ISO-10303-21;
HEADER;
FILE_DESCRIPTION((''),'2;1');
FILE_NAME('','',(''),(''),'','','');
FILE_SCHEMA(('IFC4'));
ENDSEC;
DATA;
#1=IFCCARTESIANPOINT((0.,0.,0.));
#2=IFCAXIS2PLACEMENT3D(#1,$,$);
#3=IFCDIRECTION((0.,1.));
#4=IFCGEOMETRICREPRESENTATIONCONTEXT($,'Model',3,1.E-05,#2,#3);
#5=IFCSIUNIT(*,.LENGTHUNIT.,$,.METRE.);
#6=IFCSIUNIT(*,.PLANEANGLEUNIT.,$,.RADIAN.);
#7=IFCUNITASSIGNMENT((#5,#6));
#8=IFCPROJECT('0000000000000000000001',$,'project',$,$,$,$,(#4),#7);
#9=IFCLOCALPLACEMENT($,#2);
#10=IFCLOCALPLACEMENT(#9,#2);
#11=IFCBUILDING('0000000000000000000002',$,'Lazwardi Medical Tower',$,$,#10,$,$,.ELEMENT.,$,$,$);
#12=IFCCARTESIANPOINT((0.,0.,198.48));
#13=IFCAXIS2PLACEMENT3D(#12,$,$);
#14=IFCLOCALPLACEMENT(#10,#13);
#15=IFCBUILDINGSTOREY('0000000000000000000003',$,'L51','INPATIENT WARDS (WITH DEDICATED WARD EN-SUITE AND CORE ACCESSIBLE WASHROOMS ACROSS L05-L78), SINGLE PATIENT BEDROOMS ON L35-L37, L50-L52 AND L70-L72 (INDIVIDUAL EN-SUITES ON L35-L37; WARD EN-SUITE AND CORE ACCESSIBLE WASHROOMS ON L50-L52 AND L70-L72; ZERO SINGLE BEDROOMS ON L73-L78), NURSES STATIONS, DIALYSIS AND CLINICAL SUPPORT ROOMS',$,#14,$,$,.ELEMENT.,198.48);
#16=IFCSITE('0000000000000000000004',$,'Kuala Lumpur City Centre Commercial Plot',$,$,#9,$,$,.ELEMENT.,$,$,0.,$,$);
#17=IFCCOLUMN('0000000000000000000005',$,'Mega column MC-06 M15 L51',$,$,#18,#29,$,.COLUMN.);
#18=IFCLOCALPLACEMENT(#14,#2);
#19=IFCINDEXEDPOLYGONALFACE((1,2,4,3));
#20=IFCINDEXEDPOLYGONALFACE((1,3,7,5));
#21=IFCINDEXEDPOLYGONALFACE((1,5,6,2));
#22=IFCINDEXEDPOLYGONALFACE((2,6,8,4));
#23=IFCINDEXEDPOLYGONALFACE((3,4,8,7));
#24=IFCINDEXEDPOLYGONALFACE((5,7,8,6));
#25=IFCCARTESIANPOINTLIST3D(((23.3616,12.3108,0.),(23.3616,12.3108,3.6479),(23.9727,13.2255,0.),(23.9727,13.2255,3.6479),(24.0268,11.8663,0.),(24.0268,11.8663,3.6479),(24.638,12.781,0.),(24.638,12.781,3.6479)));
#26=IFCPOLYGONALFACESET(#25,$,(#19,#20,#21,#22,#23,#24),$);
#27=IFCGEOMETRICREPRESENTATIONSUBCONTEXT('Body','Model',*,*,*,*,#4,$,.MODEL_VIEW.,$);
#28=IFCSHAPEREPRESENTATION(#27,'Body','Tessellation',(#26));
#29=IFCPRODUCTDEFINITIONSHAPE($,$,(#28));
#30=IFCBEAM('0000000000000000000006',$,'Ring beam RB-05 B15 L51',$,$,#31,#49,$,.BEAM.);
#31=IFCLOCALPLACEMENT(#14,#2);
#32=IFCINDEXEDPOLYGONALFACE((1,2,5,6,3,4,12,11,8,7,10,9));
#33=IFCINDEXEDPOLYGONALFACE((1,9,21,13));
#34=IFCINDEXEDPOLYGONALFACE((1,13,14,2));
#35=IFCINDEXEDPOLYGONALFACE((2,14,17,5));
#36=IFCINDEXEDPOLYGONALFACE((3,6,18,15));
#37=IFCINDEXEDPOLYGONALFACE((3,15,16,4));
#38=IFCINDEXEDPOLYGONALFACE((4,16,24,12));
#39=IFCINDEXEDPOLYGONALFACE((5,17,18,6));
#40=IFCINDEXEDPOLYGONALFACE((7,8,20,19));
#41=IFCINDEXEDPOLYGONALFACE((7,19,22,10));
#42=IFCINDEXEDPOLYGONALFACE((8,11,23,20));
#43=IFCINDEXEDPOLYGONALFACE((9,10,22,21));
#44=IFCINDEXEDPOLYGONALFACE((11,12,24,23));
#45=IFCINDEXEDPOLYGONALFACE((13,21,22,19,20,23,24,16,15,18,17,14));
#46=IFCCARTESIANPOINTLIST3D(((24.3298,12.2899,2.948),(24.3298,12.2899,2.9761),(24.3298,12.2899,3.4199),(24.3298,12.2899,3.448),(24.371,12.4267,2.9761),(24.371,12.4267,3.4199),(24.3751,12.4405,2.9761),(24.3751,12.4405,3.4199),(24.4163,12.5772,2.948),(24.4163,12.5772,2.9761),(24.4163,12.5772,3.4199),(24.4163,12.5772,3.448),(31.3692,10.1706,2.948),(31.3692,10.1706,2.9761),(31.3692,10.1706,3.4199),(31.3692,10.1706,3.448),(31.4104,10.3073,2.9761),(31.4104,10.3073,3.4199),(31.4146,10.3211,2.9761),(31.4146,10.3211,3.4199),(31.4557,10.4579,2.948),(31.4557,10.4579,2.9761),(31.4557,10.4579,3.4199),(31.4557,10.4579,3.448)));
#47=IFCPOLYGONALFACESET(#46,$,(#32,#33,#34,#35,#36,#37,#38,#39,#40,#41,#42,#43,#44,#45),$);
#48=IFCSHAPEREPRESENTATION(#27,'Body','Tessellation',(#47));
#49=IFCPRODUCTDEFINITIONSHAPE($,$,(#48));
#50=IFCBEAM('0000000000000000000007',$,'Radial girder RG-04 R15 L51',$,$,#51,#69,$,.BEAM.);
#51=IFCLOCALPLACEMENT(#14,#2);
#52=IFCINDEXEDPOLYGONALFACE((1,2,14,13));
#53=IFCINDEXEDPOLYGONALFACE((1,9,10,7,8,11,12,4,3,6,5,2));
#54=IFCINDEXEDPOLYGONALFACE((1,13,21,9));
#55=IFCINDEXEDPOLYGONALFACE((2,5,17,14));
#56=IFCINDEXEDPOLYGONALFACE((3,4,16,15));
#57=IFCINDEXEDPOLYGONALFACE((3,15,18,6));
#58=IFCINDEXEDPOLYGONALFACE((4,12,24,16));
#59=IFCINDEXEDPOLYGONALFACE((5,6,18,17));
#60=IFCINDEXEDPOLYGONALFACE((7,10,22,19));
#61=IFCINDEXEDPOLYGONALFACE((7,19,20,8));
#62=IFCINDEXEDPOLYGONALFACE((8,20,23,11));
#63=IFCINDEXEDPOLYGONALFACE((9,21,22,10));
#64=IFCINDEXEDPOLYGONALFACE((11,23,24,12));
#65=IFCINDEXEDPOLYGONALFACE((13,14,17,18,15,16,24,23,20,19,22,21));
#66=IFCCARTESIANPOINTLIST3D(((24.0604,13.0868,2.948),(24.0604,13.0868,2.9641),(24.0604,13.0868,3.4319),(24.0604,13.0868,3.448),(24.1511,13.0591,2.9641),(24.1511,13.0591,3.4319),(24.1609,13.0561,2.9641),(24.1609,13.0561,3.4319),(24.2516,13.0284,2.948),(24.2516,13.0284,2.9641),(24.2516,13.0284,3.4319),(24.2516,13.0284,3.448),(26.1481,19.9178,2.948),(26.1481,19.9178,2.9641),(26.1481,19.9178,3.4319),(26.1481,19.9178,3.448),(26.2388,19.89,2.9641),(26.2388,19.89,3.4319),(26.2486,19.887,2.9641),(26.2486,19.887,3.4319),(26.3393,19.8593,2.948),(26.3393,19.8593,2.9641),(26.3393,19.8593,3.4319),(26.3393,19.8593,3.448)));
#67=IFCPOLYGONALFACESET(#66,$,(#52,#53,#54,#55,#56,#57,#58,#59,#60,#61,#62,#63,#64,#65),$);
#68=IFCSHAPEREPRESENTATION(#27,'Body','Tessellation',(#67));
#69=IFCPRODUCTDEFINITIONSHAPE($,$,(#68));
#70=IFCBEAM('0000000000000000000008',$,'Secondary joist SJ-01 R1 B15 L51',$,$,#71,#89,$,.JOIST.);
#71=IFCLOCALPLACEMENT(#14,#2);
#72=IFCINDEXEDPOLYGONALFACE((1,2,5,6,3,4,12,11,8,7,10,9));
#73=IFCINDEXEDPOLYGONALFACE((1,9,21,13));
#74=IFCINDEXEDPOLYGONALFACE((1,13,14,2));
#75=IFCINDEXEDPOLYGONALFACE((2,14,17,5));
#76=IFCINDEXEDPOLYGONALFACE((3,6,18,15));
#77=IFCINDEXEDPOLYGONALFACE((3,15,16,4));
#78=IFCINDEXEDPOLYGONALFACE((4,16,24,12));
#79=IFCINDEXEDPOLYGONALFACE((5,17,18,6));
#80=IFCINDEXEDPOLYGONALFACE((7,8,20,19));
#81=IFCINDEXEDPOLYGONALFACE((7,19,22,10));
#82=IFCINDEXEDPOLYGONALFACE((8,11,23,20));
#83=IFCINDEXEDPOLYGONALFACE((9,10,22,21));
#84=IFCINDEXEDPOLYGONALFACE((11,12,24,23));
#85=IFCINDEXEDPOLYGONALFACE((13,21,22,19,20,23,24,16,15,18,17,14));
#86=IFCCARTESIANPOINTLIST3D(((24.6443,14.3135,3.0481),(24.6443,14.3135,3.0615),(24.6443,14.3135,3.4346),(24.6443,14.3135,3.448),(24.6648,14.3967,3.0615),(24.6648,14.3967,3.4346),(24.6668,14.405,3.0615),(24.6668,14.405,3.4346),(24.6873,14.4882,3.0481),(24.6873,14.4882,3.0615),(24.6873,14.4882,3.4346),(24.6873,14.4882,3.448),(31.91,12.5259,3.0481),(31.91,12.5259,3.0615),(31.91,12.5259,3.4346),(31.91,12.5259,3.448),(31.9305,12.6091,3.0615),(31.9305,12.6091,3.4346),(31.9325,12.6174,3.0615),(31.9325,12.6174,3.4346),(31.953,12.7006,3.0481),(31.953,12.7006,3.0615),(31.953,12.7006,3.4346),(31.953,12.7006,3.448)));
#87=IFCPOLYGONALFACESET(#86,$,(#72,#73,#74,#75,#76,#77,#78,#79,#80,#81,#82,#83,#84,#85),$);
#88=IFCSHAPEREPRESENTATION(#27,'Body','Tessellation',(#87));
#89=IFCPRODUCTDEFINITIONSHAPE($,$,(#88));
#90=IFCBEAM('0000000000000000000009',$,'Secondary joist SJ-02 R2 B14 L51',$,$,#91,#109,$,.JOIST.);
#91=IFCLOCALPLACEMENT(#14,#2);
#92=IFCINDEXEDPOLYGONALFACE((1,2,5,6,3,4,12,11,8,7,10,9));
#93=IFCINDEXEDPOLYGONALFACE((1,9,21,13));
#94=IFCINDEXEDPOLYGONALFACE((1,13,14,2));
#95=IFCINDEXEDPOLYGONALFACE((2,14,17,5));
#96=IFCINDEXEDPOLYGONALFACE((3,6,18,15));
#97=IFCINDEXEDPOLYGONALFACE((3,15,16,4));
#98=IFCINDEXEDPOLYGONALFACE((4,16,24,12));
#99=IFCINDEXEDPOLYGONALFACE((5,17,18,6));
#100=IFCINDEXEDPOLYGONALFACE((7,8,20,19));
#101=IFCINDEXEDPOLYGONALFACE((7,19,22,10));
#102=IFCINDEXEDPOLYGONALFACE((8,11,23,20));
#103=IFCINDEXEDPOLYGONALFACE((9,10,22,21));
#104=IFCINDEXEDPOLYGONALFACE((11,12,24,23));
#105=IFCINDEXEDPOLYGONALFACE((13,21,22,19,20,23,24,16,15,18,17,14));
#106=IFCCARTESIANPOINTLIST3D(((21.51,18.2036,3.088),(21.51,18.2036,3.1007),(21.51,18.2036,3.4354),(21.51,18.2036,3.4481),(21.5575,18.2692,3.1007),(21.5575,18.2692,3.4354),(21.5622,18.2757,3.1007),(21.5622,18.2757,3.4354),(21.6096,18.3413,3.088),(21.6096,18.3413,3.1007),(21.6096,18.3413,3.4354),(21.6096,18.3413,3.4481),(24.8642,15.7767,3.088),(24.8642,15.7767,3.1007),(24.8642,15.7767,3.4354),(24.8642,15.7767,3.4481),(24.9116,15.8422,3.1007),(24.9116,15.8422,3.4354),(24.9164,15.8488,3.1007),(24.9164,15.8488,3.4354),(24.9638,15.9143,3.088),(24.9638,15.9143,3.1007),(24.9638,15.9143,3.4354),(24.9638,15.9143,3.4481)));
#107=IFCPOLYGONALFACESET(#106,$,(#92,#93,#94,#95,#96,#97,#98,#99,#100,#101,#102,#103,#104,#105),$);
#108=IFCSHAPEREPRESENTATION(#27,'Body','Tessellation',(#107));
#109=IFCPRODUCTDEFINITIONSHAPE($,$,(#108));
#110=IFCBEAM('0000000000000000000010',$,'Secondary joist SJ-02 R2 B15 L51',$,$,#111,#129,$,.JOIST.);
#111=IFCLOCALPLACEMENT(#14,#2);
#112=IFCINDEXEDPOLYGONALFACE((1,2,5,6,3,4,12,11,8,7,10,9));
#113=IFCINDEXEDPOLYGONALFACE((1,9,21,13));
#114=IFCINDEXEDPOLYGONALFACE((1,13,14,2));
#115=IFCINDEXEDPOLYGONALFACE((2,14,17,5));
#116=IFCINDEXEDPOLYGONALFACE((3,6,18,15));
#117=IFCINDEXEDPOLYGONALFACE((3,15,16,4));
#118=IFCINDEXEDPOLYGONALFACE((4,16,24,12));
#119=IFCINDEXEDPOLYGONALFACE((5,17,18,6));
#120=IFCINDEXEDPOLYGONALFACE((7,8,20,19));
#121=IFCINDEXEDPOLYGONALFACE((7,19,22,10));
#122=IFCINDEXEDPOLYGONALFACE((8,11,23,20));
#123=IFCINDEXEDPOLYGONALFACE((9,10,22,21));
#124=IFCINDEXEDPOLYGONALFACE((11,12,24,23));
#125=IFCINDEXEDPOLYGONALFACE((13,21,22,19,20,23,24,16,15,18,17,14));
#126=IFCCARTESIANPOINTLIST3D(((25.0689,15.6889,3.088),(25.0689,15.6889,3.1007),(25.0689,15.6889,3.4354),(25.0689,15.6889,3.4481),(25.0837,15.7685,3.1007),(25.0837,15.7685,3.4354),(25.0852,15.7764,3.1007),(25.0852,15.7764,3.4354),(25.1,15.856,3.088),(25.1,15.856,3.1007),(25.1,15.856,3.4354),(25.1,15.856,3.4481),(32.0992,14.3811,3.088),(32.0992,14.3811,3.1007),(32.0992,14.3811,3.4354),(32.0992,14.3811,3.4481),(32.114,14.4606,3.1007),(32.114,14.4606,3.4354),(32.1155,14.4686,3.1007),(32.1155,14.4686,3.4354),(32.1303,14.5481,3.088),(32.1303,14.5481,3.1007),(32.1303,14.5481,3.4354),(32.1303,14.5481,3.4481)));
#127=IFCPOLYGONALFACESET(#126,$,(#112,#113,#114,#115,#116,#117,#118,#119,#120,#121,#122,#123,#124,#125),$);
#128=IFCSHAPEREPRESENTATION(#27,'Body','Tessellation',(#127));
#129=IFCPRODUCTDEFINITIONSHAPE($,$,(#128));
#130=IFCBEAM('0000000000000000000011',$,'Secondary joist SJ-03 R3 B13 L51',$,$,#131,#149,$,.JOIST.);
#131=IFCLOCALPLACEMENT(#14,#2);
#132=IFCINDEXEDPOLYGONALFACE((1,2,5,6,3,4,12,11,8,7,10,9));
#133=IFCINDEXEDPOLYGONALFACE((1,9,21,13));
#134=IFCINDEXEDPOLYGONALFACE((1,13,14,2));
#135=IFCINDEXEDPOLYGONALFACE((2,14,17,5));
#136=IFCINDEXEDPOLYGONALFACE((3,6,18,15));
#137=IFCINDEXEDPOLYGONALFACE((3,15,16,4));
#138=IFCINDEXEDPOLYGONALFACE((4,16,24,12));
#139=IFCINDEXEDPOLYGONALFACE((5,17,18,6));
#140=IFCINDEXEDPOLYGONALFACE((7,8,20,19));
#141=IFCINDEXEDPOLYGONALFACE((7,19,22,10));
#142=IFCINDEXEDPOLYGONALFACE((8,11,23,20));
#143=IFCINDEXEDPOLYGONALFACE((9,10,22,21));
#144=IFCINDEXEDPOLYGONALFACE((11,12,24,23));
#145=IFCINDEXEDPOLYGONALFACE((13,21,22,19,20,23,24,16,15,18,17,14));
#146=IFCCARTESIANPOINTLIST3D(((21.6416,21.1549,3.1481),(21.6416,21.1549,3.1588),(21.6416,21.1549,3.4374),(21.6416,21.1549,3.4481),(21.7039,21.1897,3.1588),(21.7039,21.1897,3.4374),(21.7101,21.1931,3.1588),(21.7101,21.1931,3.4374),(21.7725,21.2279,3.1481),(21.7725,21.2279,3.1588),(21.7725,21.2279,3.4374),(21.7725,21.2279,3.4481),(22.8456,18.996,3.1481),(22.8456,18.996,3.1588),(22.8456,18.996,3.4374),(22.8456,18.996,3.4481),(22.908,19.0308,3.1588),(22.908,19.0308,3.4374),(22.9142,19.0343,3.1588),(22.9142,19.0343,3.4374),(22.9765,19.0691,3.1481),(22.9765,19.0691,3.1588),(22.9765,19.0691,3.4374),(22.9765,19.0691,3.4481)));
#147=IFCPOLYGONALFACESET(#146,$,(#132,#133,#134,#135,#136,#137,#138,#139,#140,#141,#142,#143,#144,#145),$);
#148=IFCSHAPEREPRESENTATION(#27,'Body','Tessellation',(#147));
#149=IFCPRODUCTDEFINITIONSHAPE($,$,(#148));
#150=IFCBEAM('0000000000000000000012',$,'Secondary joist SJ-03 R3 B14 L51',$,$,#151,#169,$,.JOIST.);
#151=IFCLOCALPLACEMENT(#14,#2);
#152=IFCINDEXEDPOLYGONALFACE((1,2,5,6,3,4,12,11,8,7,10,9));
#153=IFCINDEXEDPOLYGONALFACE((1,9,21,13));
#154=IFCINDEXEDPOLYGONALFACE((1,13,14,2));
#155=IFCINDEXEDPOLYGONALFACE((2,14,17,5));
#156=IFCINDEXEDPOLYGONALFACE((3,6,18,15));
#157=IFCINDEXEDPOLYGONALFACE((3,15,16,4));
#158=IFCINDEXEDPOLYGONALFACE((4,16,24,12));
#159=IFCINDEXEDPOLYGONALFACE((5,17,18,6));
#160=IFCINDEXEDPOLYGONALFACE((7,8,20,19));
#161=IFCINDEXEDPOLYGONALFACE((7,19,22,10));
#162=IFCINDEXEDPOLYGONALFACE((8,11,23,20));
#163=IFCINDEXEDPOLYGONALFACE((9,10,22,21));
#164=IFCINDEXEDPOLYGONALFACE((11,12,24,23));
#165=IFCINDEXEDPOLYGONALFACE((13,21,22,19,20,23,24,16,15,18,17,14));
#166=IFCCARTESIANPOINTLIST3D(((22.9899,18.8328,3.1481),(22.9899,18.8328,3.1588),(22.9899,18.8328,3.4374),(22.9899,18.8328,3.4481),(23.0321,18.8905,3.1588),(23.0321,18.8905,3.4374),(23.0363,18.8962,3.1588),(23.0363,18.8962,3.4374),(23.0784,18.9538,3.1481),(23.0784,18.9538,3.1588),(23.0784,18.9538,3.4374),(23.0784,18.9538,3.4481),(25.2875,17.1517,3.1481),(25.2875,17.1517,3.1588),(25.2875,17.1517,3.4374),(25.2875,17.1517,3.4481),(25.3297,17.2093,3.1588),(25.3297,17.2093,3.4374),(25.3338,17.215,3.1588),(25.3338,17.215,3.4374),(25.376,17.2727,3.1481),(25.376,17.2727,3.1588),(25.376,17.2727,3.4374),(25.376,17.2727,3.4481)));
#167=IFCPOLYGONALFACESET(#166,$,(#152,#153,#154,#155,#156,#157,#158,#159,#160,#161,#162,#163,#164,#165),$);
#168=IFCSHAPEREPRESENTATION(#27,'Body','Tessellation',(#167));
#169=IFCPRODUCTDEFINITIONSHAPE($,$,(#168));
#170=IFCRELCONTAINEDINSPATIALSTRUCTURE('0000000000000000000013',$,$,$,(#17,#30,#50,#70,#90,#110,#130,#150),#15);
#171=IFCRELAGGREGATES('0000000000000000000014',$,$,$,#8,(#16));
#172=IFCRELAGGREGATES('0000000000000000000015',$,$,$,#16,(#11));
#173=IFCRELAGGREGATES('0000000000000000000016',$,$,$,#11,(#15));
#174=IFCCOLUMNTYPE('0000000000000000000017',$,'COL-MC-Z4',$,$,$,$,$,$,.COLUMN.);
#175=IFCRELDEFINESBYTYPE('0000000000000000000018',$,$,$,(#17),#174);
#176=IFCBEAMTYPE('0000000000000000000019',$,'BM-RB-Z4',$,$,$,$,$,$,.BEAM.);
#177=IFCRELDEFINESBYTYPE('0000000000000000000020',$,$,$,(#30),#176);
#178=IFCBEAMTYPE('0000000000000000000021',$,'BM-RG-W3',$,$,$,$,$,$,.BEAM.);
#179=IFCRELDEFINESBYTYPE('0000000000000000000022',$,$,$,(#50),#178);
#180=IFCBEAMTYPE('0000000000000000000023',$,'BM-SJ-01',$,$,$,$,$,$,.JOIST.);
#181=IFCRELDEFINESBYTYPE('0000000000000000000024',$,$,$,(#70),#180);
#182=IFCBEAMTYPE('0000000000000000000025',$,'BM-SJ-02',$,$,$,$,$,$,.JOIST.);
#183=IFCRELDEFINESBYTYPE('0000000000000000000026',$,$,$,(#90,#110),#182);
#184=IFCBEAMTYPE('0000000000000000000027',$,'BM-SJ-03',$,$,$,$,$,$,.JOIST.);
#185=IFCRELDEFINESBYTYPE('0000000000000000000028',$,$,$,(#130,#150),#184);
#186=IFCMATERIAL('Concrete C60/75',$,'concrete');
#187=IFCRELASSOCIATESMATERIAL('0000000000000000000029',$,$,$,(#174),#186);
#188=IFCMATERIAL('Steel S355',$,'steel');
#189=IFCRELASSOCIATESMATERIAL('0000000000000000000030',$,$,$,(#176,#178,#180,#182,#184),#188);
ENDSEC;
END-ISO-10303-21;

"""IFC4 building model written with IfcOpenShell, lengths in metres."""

from ifc_helpers import new_model, si_unit, direction, frame, origin, origin_2d, place, context, subcontext, project, spatial, rectangle, i_section, extrude, material, material_profile, profile_set, type_object, element, save


model = new_model("IFC4")

# Units and contexts
model_context = context("Model", 3, precision=1e-05, world=origin(), true_north=direction((0.0, 1.0)))
body_context = subcontext(model_context, "Body", "Model", "MODEL_VIEW")
ifc_project = project(units=[si_unit("LENGTHUNIT", "METRE"), si_unit("PLANEANGLEUNIT", "RADIAN")], contexts=[model_context])

# Site, building, storey
site_placement = place(None, origin())
site = spatial("IfcSite", under=ifc_project, at=site_placement, Name="Kuala Lumpur City Centre Commercial Plot", CompositionType="ELEMENT", RefElevation=0.0)
building_placement = place(site_placement, origin())
building = spatial("IfcBuilding", under=site, at=building_placement, Name="Lazwardi Medical Tower", CompositionType="ELEMENT")
storey_placement = place(building_placement, frame((0.0, 0.0, 198.48)))
storey = spatial("IfcBuildingStorey", under=building, at=storey_placement, Name="L51", Description="INPATIENT WARDS (WITH DEDICATED WARD EN-SUITE AND CORE ACCESSIBLE WASHROOMS ACROSS L05-L78), SINGLE PATIENT BEDROOMS ON L35-L37, L50-L52 AND L70-L72 (INDIVIDUAL EN-SUITES ON L35-L37; WARD EN-SUITE AND CORE ACCESSIBLE WASHROOMS ON L50-L52 AND L70-L72; ZERO SINGLE BEDROOMS ON L73-L78), NURSES STATIONS, DIALYSIS AND CLINICAL SUPPORT ROOMS", CompositionType="ELEMENT", Elevation=198.48)

# Column
ifc_material_1 = material(Name="Concrete C60/75", Category="concrete")
ifc_material_profile_1 = material_profile(ifc_material_1, rectangle(XDim=1.1001, YDim=0.8, at=origin_2d()), Name="CFT-RECT 1100x800")
ifc_profile_set_1 = profile_set([ifc_material_profile_1], Name="Concrete C60/75")
column_type = type_object("IfcColumnType", Name="COL-MC-Z4", PredefinedType="COLUMN", material=ifc_profile_set_1)
column_placement = place(storey_placement, frame((23.9998, 12.5459, 0.0), z_axis=(0.0, 0.0, 1.0), x_axis=(-0.55557, -0.83147, 0.0)))
element("IfcColumn", 1, at=column_placement, inside=storey, type_object=column_type, Name="Mega column MC-06 M15 L51", PredefinedType="COLUMN", context=body_context, shape_type="SweptSolid", body=[
    extrude(rectangle(XDim=1.1001, YDim=0.8, at=origin_2d()), origin(), (0.0, 0.0, 1.0), 3.6479),
])

# Beams
ifc_material_2 = material(Name="Steel S355", Category="steel")
ifc_material_profile_2 = material_profile(ifc_material_2, i_section(OverallWidth=0.3, OverallDepth=0.5, WebThickness=0.0144, FlangeThickness=0.0281, at=origin_2d()), Name="HEB 500")
ifc_profile_set_2 = profile_set([ifc_material_profile_2], Name="Steel S355")
beam_type_1 = type_object("IfcBeamType", Name="BM-RB-Z4", PredefinedType="BEAM", material=ifc_profile_set_2)
beam_1_placement = place(storey_placement, frame((24.373, 12.4336, 3.198), z_axis=(0.957544, -0.288286, 0.0), x_axis=(0.288286, 0.957544, 0.0)))
element("IfcBeam", 2, at=beam_1_placement, inside=storey, type_object=beam_type_1, Name="Ring beam RB-05 B15 L51", PredefinedType="BEAM", context=body_context, shape_type="SweptSolid", body=[
    extrude(i_section(OverallWidth=0.3, OverallDepth=0.5, WebThickness=0.0144, FlangeThickness=0.0281, at=origin_2d()), origin(), (0.0, 0.0, 1.0), 7.3516),
])
ifc_material_profile_3 = material_profile(ifc_material_2, i_section(OverallWidth=0.2, OverallDepth=0.5, WebThickness=0.0103, FlangeThickness=0.0161, at=origin_2d()), Name="IPE 500")
ifc_profile_set_3 = profile_set([ifc_material_profile_3], Name="Steel S355")
beam_type_2 = type_object("IfcBeamType", Name="BM-RG-W3", PredefinedType="BEAM", material=ifc_profile_set_3)
beam_2_placement = place(storey_placement, frame((24.156, 13.0576, 3.198), z_axis=(0.292277, 0.956334, 0.0), x_axis=(-0.956334, 0.292277, 0.0)))
element("IfcBeam", 3, at=beam_2_placement, inside=storey, type_object=beam_type_2, Name="Radial girder RG-04 R15 L51", PredefinedType="BEAM", context=body_context, shape_type="SweptSolid", body=[
    extrude(i_section(OverallWidth=0.2, OverallDepth=0.5, WebThickness=0.0103, FlangeThickness=0.0161, at=origin_2d()), origin(), (0.0, 0.0, 1.0), 7.1428),
])
ifc_material_profile_4 = material_profile(ifc_material_2, i_section(OverallWidth=0.1799, OverallDepth=0.3999, WebThickness=0.0085, FlangeThickness=0.0134, at=origin_2d()), Name="IPE 400")
ifc_profile_set_4 = profile_set([ifc_material_profile_4], Name="Steel S355")
beam_type_3 = type_object("IfcBeamType", Name="BM-SJ-01", PredefinedType="JOIST", material=ifc_profile_set_4)
beam_3_placement = place(storey_placement, frame((24.6658, 14.4009, 3.248), z_axis=(0.971042, -0.23891, 0.0), x_axis=(0.23891, 0.971042, 0.0)))
element("IfcBeam", 4, at=beam_3_placement, inside=storey, type_object=beam_type_3, Name="Secondary joist SJ-01 R1 B15 L51", PredefinedType="JOIST", context=body_context, shape_type="SweptSolid", body=[
    extrude(i_section(OverallWidth=0.1799, OverallDepth=0.3999, WebThickness=0.0085, FlangeThickness=0.0134, at=origin_2d()), origin(), (0.0, 0.0, 1.0), 7.4824),
])
ifc_material_profile_5 = material_profile(ifc_material_2, i_section(OverallWidth=0.1699, OverallDepth=0.3601, WebThickness=0.0081, FlangeThickness=0.0127, at=origin_2d()), Name="IPE 360")
ifc_profile_set_5 = profile_set([ifc_material_profile_5], Name="Steel S355")
beam_type_4 = type_object("IfcBeamType", Name="BM-SJ-02", PredefinedType="JOIST", material=ifc_profile_set_5)
beam_4_placement = place(storey_placement, frame((21.5598, 18.2725, 3.2681), z_axis=(0.810164, -0.586203, 0.0), x_axis=(0.586203, 0.810164, 0.0)))
element("IfcBeam", 5, at=beam_4_placement, inside=storey, type_object=beam_type_4, Name="Secondary joist SJ-02 R2 B14 L51", PredefinedType="JOIST", context=body_context, shape_type="SweptSolid", body=[
    extrude(i_section(OverallWidth=0.1699, OverallDepth=0.3601, WebThickness=0.0081, FlangeThickness=0.0127, at=origin_2d()), origin(), (0.0, 0.0, 1.0), 4.1401),
])
beam_5_placement = place(storey_placement, frame((25.0845, 15.7725, 3.2681), z_axis=(0.983132, -0.182895, 0.0), x_axis=(0.182895, 0.983132, 0.0)))
element("IfcBeam", 6, at=beam_5_placement, inside=storey, type_object=beam_type_4, Name="Secondary joist SJ-02 R2 B15 L51", PredefinedType="JOIST", context=body_context, shape_type="SweptSolid", body=[
    extrude(i_section(OverallWidth=0.1699, OverallDepth=0.3601, WebThickness=0.0081, FlangeThickness=0.0127, at=origin_2d()), origin(), (0.0, 0.0, 1.0), 7.1509),
])
ifc_material_profile_6 = material_profile(ifc_material_2, i_section(OverallWidth=0.1499, OverallDepth=0.3, WebThickness=0.0071, FlangeThickness=0.0107, at=origin_2d()), Name="IPE 300")
ifc_profile_set_6 = profile_set([ifc_material_profile_6], Name="Steel S355")
beam_type_5 = type_object("IfcBeamType", Name="BM-SJ-03", PredefinedType="JOIST", material=ifc_profile_set_6)
beam_6_placement = place(storey_placement, frame((21.707, 21.1914, 3.2981), z_axis=(0.487093, -0.87335, 0.0), x_axis=(0.87335, 0.487093, 0.0)))
element("IfcBeam", 7, at=beam_6_placement, inside=storey, type_object=beam_type_5, Name="Secondary joist SJ-03 R3 B13 L51", PredefinedType="JOIST", context=body_context, shape_type="SweptSolid", body=[
    extrude(i_section(OverallWidth=0.1499, OverallDepth=0.3, WebThickness=0.0071, FlangeThickness=0.0107, at=origin_2d()), origin(), (0.0, 0.0, 1.0), 2.4719),
])
beam_7_placement = place(storey_placement, frame((23.0342, 18.8933, 3.2981), z_axis=(0.807034, -0.590505, 0.0), x_axis=(0.590505, 0.807034, 0.0)))
element("IfcBeam", 8, at=beam_7_placement, inside=storey, type_object=beam_type_5, Name="Secondary joist SJ-03 R3 B14 L51", PredefinedType="JOIST", context=body_context, shape_type="SweptSolid", body=[
    extrude(i_section(OverallWidth=0.1499, OverallDepth=0.3, WebThickness=0.0071, FlangeThickness=0.0107, at=origin_2d()), origin(), (0.0, 0.0, 1.0), 2.8469),
])

save(model, "model.ifc")
